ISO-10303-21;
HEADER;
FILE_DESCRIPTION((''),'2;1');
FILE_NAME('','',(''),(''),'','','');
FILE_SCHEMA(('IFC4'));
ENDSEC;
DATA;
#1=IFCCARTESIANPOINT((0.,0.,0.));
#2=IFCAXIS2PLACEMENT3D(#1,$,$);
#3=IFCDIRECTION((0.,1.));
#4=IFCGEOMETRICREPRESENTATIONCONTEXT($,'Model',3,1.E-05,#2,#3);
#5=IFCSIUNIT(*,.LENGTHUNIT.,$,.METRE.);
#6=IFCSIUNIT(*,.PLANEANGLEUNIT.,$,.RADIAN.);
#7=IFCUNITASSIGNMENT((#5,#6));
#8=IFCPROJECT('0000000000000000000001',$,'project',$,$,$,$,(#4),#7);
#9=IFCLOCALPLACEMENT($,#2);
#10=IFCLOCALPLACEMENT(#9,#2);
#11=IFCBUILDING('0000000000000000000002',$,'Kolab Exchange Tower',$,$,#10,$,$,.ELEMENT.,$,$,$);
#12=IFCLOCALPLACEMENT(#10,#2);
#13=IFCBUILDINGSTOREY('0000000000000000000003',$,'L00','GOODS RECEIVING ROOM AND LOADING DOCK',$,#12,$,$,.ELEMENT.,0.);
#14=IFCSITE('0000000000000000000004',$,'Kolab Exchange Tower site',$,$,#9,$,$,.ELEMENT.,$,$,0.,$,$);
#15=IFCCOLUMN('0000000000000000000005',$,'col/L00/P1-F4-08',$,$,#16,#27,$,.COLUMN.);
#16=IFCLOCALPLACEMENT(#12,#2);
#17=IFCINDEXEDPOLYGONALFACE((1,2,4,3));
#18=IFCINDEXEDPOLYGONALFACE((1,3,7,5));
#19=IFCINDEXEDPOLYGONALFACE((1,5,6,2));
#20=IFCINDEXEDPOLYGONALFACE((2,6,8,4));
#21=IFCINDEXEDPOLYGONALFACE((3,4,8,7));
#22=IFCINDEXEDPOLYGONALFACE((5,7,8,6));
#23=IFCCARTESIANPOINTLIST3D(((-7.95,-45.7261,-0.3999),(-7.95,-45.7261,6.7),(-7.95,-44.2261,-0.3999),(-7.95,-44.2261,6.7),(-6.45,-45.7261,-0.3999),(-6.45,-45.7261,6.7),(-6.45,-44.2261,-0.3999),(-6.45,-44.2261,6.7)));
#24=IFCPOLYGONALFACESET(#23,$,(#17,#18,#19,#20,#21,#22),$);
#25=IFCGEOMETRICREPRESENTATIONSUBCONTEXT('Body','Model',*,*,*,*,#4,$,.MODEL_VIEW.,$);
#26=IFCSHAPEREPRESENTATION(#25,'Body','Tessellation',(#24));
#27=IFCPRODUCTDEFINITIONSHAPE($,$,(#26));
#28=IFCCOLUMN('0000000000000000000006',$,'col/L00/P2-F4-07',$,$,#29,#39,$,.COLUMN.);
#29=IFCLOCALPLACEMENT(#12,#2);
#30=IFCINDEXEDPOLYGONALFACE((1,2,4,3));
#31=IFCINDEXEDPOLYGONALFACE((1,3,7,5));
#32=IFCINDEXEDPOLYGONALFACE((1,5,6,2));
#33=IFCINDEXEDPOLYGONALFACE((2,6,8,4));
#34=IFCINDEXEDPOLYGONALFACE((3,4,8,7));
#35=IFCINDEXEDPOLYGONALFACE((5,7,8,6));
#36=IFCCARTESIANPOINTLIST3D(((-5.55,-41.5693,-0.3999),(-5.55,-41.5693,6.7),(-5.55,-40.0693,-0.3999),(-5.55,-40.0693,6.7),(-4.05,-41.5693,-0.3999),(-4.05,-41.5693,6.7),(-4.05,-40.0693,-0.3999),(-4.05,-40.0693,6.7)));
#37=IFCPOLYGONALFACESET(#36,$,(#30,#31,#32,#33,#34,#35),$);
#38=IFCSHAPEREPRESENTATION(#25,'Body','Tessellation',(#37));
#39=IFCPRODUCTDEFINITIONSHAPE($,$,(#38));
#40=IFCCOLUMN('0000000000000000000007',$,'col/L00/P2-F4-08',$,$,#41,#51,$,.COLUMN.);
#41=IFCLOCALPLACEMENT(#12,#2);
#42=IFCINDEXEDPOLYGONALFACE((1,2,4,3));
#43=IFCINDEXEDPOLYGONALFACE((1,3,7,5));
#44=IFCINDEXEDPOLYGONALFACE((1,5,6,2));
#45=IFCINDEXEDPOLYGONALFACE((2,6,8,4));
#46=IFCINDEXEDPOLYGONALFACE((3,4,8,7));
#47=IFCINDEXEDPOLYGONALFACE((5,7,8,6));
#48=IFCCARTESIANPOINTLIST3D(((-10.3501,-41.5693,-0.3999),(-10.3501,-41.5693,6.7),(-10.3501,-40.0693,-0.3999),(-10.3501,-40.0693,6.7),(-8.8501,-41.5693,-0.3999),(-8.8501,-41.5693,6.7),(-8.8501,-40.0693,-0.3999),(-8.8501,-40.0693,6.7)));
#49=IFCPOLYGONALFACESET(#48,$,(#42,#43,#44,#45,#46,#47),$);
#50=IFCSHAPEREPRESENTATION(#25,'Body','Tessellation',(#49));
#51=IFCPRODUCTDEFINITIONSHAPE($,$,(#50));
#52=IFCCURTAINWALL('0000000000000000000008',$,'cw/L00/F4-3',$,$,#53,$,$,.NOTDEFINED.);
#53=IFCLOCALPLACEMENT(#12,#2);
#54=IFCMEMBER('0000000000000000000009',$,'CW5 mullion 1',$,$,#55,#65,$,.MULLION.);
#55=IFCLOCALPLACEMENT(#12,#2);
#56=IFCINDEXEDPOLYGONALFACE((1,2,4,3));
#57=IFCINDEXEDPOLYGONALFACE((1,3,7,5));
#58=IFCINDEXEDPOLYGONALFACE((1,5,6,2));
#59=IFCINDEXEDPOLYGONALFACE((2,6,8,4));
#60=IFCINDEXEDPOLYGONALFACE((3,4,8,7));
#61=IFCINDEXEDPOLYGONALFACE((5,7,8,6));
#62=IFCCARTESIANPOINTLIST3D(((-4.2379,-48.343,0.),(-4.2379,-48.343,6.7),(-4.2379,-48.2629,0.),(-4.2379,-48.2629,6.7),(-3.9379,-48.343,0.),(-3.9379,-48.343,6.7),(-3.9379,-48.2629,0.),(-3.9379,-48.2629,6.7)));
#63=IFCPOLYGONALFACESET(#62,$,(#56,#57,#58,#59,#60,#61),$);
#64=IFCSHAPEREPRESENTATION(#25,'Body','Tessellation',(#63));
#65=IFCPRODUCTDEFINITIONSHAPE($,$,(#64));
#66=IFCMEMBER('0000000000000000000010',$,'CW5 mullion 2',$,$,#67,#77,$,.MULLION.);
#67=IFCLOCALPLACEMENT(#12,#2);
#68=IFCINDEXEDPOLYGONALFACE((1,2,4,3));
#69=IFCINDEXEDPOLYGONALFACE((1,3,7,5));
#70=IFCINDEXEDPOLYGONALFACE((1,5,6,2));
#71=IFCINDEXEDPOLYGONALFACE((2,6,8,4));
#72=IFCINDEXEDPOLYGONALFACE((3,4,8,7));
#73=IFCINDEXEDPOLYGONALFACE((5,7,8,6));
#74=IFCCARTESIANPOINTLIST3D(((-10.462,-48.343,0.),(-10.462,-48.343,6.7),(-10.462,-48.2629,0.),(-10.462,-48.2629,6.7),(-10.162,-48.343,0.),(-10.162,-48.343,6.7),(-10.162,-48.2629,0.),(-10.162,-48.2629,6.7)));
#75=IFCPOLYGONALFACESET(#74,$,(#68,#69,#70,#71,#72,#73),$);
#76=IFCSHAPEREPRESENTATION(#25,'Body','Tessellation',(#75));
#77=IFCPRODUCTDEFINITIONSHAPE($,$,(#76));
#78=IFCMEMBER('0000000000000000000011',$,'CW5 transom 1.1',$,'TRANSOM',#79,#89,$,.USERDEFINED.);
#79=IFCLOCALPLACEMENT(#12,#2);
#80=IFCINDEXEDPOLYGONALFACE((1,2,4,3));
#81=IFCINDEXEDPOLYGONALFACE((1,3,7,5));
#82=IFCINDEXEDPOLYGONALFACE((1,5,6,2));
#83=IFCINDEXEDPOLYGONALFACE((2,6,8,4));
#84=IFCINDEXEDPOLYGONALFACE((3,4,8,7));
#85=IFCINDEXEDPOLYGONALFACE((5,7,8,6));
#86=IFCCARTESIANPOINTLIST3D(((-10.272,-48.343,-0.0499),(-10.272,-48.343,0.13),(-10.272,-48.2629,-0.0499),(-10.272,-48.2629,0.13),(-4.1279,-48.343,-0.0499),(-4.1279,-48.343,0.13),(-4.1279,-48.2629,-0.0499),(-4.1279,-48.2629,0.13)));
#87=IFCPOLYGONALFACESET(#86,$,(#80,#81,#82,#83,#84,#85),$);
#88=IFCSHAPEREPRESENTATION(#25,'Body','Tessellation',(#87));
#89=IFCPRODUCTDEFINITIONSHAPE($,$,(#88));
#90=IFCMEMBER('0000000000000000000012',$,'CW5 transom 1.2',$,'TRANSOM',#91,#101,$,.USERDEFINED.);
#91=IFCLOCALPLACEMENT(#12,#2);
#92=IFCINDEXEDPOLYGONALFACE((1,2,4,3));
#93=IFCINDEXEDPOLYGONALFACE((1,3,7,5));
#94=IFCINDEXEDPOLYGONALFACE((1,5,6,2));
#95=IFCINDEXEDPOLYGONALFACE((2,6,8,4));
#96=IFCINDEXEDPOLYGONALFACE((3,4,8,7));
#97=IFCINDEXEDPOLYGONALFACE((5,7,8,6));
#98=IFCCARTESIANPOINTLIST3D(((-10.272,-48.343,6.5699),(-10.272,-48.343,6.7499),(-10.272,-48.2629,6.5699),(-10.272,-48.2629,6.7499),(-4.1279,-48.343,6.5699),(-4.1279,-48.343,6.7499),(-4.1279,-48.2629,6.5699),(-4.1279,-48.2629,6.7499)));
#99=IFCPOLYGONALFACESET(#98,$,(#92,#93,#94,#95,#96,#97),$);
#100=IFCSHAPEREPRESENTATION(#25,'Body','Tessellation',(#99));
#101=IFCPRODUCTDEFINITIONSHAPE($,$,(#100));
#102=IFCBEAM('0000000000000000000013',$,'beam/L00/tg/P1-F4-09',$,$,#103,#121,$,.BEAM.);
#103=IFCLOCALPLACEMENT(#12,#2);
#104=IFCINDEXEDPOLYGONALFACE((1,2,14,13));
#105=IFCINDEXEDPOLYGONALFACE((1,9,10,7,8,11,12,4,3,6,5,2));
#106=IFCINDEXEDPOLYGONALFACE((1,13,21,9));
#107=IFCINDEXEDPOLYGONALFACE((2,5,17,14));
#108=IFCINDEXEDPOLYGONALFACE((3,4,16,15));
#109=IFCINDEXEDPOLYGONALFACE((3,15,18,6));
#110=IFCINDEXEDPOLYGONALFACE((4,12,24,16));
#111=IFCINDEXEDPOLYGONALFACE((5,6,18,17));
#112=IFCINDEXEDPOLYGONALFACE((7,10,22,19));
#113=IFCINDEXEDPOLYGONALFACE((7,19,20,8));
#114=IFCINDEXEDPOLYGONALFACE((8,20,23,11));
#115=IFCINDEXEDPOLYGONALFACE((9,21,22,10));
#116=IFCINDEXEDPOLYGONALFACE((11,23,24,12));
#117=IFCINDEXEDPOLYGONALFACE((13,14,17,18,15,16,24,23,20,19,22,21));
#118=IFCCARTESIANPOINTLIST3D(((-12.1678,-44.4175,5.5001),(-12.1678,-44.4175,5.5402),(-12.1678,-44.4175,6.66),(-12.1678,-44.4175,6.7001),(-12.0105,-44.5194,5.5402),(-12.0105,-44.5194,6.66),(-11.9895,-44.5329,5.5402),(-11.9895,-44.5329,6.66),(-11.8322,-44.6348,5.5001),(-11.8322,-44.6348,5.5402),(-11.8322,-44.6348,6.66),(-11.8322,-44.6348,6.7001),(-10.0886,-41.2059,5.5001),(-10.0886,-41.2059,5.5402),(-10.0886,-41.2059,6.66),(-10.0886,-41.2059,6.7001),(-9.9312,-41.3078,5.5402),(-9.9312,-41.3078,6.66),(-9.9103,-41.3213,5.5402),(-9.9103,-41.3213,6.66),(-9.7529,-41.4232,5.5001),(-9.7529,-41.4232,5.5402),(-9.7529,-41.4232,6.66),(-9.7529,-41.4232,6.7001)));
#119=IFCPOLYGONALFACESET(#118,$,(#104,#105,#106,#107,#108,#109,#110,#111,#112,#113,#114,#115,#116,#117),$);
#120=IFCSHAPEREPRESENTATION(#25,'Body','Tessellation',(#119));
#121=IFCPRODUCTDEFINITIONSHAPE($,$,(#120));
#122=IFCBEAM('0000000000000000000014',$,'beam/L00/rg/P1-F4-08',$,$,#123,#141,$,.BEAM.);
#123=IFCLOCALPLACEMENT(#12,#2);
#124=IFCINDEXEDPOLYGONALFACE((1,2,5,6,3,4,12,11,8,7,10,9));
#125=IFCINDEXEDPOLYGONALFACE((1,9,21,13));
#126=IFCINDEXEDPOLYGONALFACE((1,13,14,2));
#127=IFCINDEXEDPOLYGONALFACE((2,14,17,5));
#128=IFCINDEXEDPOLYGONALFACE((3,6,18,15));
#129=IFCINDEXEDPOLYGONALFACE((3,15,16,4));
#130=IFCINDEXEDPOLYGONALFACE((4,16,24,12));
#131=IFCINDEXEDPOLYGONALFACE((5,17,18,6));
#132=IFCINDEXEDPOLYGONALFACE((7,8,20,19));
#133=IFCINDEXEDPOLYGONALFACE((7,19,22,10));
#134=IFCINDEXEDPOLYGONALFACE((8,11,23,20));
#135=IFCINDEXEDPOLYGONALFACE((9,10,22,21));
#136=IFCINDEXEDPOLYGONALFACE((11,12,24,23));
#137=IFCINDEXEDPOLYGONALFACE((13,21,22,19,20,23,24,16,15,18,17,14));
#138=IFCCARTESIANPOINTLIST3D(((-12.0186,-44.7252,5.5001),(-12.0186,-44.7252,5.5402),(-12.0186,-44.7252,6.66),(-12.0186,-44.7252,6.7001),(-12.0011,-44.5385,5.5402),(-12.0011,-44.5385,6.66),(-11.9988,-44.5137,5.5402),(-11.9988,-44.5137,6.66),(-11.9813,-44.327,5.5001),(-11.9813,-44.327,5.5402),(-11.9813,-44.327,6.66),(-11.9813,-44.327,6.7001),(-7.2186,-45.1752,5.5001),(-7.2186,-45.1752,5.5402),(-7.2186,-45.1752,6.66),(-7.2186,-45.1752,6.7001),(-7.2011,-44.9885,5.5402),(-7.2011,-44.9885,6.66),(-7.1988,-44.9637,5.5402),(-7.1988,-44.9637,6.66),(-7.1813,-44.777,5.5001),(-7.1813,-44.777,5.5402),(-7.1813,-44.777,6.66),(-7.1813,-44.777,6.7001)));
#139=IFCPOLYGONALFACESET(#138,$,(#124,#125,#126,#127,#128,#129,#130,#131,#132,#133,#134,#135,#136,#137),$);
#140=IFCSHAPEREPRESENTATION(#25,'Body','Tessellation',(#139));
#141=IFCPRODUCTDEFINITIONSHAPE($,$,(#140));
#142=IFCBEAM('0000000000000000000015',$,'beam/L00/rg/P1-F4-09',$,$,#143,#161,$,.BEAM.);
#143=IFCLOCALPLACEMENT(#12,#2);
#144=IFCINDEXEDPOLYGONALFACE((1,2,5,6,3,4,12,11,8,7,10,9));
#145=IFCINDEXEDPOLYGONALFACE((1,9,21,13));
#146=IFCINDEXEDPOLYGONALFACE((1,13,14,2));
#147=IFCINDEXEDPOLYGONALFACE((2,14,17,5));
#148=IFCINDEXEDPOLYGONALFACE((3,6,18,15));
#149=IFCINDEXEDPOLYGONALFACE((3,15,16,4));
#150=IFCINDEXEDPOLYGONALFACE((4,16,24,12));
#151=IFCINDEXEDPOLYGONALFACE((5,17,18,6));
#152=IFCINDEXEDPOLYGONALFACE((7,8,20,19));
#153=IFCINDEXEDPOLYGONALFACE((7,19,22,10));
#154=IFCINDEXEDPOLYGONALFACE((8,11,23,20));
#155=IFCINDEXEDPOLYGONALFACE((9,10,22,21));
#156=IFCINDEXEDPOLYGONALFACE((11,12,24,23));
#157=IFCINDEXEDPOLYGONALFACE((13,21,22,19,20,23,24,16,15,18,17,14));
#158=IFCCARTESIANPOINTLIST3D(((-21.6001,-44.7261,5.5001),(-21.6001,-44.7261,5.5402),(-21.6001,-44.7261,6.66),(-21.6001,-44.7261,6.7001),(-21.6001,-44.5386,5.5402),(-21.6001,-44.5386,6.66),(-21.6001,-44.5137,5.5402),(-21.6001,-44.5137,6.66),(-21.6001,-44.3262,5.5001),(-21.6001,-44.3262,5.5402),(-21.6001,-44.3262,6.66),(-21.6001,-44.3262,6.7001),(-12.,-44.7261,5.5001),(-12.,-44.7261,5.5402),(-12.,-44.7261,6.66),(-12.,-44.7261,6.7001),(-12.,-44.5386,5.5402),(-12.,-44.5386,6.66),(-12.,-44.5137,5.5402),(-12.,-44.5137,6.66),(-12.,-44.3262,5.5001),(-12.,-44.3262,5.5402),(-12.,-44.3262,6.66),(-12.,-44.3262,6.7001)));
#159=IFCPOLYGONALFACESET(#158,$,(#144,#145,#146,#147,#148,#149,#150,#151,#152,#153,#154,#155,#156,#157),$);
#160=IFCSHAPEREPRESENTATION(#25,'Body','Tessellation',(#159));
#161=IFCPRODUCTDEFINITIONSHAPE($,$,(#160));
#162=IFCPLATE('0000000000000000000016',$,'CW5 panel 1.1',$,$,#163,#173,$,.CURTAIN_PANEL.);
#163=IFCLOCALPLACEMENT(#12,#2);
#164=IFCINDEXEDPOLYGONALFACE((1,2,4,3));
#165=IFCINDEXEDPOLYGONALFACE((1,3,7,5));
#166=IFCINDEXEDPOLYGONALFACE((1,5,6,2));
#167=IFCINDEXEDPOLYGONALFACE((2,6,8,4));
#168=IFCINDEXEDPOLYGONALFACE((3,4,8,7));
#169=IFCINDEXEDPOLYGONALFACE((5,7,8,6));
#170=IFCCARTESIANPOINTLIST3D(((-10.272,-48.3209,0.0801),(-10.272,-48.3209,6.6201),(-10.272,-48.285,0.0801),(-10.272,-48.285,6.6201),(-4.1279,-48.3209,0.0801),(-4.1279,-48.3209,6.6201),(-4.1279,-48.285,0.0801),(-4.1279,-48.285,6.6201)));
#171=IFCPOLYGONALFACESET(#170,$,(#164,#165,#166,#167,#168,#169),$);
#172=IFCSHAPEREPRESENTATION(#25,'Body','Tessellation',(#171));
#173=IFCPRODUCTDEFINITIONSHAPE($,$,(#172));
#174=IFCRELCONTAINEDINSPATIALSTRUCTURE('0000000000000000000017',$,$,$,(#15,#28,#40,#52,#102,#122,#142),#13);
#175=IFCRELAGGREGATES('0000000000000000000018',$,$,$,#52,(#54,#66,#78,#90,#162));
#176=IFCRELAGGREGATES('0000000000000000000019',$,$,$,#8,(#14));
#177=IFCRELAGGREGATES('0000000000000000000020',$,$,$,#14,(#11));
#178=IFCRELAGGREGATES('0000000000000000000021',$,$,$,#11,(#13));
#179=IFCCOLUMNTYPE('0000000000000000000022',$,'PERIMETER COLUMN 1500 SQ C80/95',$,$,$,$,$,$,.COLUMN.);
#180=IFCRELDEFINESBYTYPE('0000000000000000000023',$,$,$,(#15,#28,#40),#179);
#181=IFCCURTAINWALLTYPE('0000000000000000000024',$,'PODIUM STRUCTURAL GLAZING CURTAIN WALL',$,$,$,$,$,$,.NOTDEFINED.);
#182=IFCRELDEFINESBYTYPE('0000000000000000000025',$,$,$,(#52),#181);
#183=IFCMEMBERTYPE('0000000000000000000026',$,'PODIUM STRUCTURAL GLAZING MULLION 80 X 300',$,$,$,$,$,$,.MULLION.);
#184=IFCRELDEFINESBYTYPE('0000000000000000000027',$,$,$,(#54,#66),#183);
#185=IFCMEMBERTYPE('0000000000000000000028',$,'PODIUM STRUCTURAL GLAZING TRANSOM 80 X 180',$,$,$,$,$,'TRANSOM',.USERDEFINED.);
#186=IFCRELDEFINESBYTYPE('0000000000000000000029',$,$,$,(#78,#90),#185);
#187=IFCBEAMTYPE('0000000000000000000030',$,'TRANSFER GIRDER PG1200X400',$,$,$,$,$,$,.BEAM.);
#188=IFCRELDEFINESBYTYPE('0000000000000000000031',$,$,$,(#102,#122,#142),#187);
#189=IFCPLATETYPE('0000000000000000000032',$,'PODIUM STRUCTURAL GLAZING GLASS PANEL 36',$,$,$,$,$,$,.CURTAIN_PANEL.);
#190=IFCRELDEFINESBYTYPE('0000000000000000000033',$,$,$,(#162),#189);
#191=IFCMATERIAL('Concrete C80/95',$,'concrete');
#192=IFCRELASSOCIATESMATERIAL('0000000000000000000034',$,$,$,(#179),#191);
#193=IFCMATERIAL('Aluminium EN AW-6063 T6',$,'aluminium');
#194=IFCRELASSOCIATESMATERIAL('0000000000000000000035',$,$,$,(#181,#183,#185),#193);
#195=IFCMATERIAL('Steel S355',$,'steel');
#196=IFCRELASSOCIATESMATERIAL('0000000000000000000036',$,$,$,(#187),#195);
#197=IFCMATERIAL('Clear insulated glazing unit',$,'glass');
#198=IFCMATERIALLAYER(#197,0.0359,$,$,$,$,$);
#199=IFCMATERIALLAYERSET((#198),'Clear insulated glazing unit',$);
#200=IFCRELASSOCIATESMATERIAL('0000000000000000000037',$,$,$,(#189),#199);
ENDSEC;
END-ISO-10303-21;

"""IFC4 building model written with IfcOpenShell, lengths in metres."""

from ifc_helpers import new_model, si_unit, direction, frame, origin, origin_2d, place, context, subcontext, project, spatial, rectangle, i_section, extrude, material, layer, layer_set, material_profile, profile_set, type_object, element, aggregate, save


model = new_model("IFC4")

# Units and contexts
model_context = context("Model", 3, precision=1e-05, world=origin(), true_north=direction((0.0, 1.0)))
body_context = subcontext(model_context, "Body", "Model", "MODEL_VIEW")
ifc_project = project(units=[si_unit("LENGTHUNIT", "METRE"), si_unit("PLANEANGLEUNIT", "RADIAN")], contexts=[model_context])

# Site, building, storey
site_placement = place(None, origin())
site = spatial("IfcSite", under=ifc_project, at=site_placement, Name="Kolab Exchange Tower site", CompositionType="ELEMENT", RefElevation=0.0)
building_placement = place(site_placement, origin())
building = spatial("IfcBuilding", under=site, at=building_placement, Name="Kolab Exchange Tower", CompositionType="ELEMENT")
storey_placement = place(building_placement, origin())
storey = spatial("IfcBuildingStorey", under=building, at=storey_placement, Name="L00", Description="GOODS RECEIVING ROOM AND LOADING DOCK", CompositionType="ELEMENT", Elevation=0.0)

# Columns
ifc_material_1 = material(Name="Concrete C80/95", Category="concrete")
ifc_material_profile_1 = material_profile(ifc_material_1, rectangle(XDim=1.5, YDim=1.5, at=origin_2d()), Name="RC1500")
ifc_profile_set_1 = profile_set([ifc_material_profile_1], Name="Concrete C80/95")
column_type = type_object("IfcColumnType", Name="PERIMETER COLUMN 1500 SQ C80/95", PredefinedType="COLUMN", material=ifc_profile_set_1)
for number, where, z_axis, x_axis, name in (
    (1, (-7.2, -44.9761, -0.3999), (0.0, 0.0, 1.0), (1.0, 0.0, 0.0), "col/L00/P1-F4-08"),
    (2, (-4.8, -40.8193, -0.3999), (0.0, 0.0, 1.0), (1.0, 0.0, 0.0), "col/L00/P2-F4-07"),
    (3, (-9.6001, -40.8193, -0.3999), (0.0, 0.0, 1.0), (1.0, 0.0, 0.0), "col/L00/P2-F4-08"),
):
    element("IfcColumn", number, at=place(storey_placement, frame(where, z_axis=z_axis, x_axis=x_axis)), inside=storey, type_object=column_type, Name=name, PredefinedType="COLUMN", context=body_context, shape_type="SweptSolid", body=[
        extrude(rectangle(XDim=1.5, YDim=1.5, at=origin_2d()), origin(), (0.0, 0.0, 1.0), 7.0999),
    ])

# Curtain wall, members
ifc_material_2 = material(Name="Aluminium EN AW-6063 T6", Category="aluminium")
curtain_wall_type = type_object("IfcCurtainWallType", Name="PODIUM STRUCTURAL GLAZING CURTAIN WALL", PredefinedType="NOTDEFINED", material=ifc_material_2)
curtain_wall_placement = place(storey_placement, origin())
curtain_wall = element("IfcCurtainWall", 4, at=curtain_wall_placement, inside=storey, type_object=curtain_wall_type, Name="cw/L00/F4-3", PredefinedType="NOTDEFINED")
ifc_material_profile_2 = material_profile(ifc_material_2, rectangle(XDim=0.0801, YDim=0.3, at=origin_2d()), Name="RECT 80X300")
ifc_profile_set_2 = profile_set([ifc_material_profile_2], Name="Aluminium EN AW-6063 T6")
member_type_1 = type_object("IfcMemberType", Name="PODIUM STRUCTURAL GLAZING MULLION 80 X 300", PredefinedType="MULLION", material=ifc_profile_set_2)
member_1_placement = place(storey_placement, frame((-4.0879, -48.303, 0.0), z_axis=(0.0, 0.0, 1.0), x_axis=(0.0, -1.0, 0.0)))
member_1 = element("IfcMember", 5, at=member_1_placement, type_object=member_type_1, Name="CW5 mullion 1", PredefinedType="MULLION", context=body_context, shape_type="SweptSolid", body=[
    extrude(rectangle(XDim=0.0801, YDim=0.3, at=origin_2d()), origin(), (0.0, 0.0, 1.0), 6.7),
])
member_2_placement = place(storey_placement, frame((-10.312, -48.303, 0.0), z_axis=(0.0, 0.0, 1.0), x_axis=(0.0, -1.0, 0.0)))
member_2 = element("IfcMember", 6, at=member_2_placement, type_object=member_type_1, Name="CW5 mullion 2", PredefinedType="MULLION", context=body_context, shape_type="SweptSolid", body=[
    extrude(rectangle(XDim=0.0801, YDim=0.3, at=origin_2d()), origin(), (0.0, 0.0, 1.0), 6.7),
])
ifc_material_profile_3 = material_profile(ifc_material_2, rectangle(XDim=0.0801, YDim=0.1799, at=origin_2d()), Name="RECT 80X180")
ifc_profile_set_3 = profile_set([ifc_material_profile_3], Name="Aluminium EN AW-6063 T6")
member_type_2 = type_object("IfcMemberType", Name="PODIUM STRUCTURAL GLAZING TRANSOM 80 X 180", ElementType="TRANSOM", PredefinedType="USERDEFINED", material=ifc_profile_set_3)
member_3_placement = place(storey_placement, frame((-4.1279, -48.303, 0.04), z_axis=(-1.0, 0.0, 0.0), x_axis=(0.0, -1.0, 0.0)))
member_3 = element("IfcMember", 7, at=member_3_placement, type_object=member_type_2, Name="CW5 transom 1.1", ObjectType="TRANSOM", PredefinedType="USERDEFINED", context=body_context, shape_type="SweptSolid", body=[
    extrude(rectangle(XDim=0.0801, YDim=0.1799, at=origin_2d()), origin(), (0.0, 0.0, 1.0), 6.144),
])
member_4_placement = place(storey_placement, frame((-4.1279, -48.303, 6.6599), z_axis=(-1.0, 0.0, 0.0), x_axis=(0.0, -1.0, 0.0)))
member_4 = element("IfcMember", 8, at=member_4_placement, type_object=member_type_2, Name="CW5 transom 1.2", ObjectType="TRANSOM", PredefinedType="USERDEFINED", context=body_context, shape_type="SweptSolid", body=[
    extrude(rectangle(XDim=0.0801, YDim=0.1799, at=origin_2d()), origin(), (0.0, 0.0, 1.0), 6.144),
])

# Beams
ifc_material_3 = material(Name="Steel S355", Category="steel")
ifc_material_profile_4 = material_profile(ifc_material_3, i_section(OverallWidth=0.3999, OverallDepth=1.2, WebThickness=0.0249, FlangeThickness=0.04, at=origin_2d()), Name="PG1200X400")
ifc_profile_set_4 = profile_set([ifc_material_profile_4], Name="Steel S355")
beam_type = type_object("IfcBeamType", Name="TRANSFER GIRDER PG1200X400", PredefinedType="BEAM", material=ifc_profile_set_4)
beam_1_placement = place(storey_placement, frame((-12.0, -44.5261, 6.1001), z_axis=(0.543474, 0.839426, 0.0), x_axis=(-0.839426, 0.543474, 0.0)))
element("IfcBeam", 9, at=beam_1_placement, inside=storey, type_object=beam_type, Name="beam/L00/tg/P1-F4-09", PredefinedType="BEAM", context=body_context, shape_type="SweptSolid", body=[
    extrude(i_section(OverallWidth=0.3999, OverallDepth=1.2, WebThickness=0.0249, FlangeThickness=0.04, at=origin_2d()), origin(), (0.0, 0.0, 1.0), 3.8259),
])
beam_2_placement = place(storey_placement, frame((-7.2, -44.9761, 6.1001), z_axis=(-0.995635, 0.09333, 0.0), x_axis=(-0.09333, -0.995635, 0.0)))
element("IfcBeam", 10, at=beam_2_placement, inside=storey, type_object=beam_type, Name="beam/L00/rg/P1-F4-08", PredefinedType="BEAM", context=body_context, shape_type="SweptSolid", body=[
    extrude(i_section(OverallWidth=0.3999, OverallDepth=1.2, WebThickness=0.0249, FlangeThickness=0.04, at=origin_2d()), origin(), (0.0, 0.0, 1.0), 4.821),
])
beam_3_placement = place(storey_placement, frame((-12.0, -44.5261, 6.1001), z_axis=(-1.0, 0.0, 0.0), x_axis=(0.0, -1.0, 0.0)))
element("IfcBeam", 11, at=beam_3_placement, inside=storey, type_object=beam_type, Name="beam/L00/rg/P1-F4-09", PredefinedType="BEAM", context=body_context, shape_type="SweptSolid", body=[
    extrude(i_section(OverallWidth=0.3999, OverallDepth=1.2, WebThickness=0.0249, FlangeThickness=0.04, at=origin_2d()), origin(), (0.0, 0.0, 1.0), 9.6001),
])

# Plate
ifc_material_4 = material(Name="Clear insulated glazing unit", Category="glass")
ifc_layer_1 = layer(ifc_material_4, 0.0359)
ifc_layer_set_1 = layer_set([ifc_layer_1], Name="Clear insulated glazing unit")
plate_type = type_object("IfcPlateType", Name="PODIUM STRUCTURAL GLAZING GLASS PANEL 36", PredefinedType="CURTAIN_PANEL", material=ifc_layer_set_1)
plate_placement = place(storey_placement, frame((-7.2, -48.303, 0.0801), z_axis=(0.0, 0.0, 1.0), x_axis=(-1.0, 0.0, 0.0)))
plate = element("IfcPlate", 12, at=plate_placement, type_object=plate_type, Name="CW5 panel 1.1", PredefinedType="CURTAIN_PANEL", context=body_context, shape_type="SweptSolid", body=[
    extrude(rectangle(XDim=6.144, YDim=0.0359, at=origin_2d()), origin(), (0.0, 0.0, 1.0), 6.54),
])
aggregate(curtain_wall, [member_1, member_2, member_3, member_4, plate])

save(model, "model.ifc")
